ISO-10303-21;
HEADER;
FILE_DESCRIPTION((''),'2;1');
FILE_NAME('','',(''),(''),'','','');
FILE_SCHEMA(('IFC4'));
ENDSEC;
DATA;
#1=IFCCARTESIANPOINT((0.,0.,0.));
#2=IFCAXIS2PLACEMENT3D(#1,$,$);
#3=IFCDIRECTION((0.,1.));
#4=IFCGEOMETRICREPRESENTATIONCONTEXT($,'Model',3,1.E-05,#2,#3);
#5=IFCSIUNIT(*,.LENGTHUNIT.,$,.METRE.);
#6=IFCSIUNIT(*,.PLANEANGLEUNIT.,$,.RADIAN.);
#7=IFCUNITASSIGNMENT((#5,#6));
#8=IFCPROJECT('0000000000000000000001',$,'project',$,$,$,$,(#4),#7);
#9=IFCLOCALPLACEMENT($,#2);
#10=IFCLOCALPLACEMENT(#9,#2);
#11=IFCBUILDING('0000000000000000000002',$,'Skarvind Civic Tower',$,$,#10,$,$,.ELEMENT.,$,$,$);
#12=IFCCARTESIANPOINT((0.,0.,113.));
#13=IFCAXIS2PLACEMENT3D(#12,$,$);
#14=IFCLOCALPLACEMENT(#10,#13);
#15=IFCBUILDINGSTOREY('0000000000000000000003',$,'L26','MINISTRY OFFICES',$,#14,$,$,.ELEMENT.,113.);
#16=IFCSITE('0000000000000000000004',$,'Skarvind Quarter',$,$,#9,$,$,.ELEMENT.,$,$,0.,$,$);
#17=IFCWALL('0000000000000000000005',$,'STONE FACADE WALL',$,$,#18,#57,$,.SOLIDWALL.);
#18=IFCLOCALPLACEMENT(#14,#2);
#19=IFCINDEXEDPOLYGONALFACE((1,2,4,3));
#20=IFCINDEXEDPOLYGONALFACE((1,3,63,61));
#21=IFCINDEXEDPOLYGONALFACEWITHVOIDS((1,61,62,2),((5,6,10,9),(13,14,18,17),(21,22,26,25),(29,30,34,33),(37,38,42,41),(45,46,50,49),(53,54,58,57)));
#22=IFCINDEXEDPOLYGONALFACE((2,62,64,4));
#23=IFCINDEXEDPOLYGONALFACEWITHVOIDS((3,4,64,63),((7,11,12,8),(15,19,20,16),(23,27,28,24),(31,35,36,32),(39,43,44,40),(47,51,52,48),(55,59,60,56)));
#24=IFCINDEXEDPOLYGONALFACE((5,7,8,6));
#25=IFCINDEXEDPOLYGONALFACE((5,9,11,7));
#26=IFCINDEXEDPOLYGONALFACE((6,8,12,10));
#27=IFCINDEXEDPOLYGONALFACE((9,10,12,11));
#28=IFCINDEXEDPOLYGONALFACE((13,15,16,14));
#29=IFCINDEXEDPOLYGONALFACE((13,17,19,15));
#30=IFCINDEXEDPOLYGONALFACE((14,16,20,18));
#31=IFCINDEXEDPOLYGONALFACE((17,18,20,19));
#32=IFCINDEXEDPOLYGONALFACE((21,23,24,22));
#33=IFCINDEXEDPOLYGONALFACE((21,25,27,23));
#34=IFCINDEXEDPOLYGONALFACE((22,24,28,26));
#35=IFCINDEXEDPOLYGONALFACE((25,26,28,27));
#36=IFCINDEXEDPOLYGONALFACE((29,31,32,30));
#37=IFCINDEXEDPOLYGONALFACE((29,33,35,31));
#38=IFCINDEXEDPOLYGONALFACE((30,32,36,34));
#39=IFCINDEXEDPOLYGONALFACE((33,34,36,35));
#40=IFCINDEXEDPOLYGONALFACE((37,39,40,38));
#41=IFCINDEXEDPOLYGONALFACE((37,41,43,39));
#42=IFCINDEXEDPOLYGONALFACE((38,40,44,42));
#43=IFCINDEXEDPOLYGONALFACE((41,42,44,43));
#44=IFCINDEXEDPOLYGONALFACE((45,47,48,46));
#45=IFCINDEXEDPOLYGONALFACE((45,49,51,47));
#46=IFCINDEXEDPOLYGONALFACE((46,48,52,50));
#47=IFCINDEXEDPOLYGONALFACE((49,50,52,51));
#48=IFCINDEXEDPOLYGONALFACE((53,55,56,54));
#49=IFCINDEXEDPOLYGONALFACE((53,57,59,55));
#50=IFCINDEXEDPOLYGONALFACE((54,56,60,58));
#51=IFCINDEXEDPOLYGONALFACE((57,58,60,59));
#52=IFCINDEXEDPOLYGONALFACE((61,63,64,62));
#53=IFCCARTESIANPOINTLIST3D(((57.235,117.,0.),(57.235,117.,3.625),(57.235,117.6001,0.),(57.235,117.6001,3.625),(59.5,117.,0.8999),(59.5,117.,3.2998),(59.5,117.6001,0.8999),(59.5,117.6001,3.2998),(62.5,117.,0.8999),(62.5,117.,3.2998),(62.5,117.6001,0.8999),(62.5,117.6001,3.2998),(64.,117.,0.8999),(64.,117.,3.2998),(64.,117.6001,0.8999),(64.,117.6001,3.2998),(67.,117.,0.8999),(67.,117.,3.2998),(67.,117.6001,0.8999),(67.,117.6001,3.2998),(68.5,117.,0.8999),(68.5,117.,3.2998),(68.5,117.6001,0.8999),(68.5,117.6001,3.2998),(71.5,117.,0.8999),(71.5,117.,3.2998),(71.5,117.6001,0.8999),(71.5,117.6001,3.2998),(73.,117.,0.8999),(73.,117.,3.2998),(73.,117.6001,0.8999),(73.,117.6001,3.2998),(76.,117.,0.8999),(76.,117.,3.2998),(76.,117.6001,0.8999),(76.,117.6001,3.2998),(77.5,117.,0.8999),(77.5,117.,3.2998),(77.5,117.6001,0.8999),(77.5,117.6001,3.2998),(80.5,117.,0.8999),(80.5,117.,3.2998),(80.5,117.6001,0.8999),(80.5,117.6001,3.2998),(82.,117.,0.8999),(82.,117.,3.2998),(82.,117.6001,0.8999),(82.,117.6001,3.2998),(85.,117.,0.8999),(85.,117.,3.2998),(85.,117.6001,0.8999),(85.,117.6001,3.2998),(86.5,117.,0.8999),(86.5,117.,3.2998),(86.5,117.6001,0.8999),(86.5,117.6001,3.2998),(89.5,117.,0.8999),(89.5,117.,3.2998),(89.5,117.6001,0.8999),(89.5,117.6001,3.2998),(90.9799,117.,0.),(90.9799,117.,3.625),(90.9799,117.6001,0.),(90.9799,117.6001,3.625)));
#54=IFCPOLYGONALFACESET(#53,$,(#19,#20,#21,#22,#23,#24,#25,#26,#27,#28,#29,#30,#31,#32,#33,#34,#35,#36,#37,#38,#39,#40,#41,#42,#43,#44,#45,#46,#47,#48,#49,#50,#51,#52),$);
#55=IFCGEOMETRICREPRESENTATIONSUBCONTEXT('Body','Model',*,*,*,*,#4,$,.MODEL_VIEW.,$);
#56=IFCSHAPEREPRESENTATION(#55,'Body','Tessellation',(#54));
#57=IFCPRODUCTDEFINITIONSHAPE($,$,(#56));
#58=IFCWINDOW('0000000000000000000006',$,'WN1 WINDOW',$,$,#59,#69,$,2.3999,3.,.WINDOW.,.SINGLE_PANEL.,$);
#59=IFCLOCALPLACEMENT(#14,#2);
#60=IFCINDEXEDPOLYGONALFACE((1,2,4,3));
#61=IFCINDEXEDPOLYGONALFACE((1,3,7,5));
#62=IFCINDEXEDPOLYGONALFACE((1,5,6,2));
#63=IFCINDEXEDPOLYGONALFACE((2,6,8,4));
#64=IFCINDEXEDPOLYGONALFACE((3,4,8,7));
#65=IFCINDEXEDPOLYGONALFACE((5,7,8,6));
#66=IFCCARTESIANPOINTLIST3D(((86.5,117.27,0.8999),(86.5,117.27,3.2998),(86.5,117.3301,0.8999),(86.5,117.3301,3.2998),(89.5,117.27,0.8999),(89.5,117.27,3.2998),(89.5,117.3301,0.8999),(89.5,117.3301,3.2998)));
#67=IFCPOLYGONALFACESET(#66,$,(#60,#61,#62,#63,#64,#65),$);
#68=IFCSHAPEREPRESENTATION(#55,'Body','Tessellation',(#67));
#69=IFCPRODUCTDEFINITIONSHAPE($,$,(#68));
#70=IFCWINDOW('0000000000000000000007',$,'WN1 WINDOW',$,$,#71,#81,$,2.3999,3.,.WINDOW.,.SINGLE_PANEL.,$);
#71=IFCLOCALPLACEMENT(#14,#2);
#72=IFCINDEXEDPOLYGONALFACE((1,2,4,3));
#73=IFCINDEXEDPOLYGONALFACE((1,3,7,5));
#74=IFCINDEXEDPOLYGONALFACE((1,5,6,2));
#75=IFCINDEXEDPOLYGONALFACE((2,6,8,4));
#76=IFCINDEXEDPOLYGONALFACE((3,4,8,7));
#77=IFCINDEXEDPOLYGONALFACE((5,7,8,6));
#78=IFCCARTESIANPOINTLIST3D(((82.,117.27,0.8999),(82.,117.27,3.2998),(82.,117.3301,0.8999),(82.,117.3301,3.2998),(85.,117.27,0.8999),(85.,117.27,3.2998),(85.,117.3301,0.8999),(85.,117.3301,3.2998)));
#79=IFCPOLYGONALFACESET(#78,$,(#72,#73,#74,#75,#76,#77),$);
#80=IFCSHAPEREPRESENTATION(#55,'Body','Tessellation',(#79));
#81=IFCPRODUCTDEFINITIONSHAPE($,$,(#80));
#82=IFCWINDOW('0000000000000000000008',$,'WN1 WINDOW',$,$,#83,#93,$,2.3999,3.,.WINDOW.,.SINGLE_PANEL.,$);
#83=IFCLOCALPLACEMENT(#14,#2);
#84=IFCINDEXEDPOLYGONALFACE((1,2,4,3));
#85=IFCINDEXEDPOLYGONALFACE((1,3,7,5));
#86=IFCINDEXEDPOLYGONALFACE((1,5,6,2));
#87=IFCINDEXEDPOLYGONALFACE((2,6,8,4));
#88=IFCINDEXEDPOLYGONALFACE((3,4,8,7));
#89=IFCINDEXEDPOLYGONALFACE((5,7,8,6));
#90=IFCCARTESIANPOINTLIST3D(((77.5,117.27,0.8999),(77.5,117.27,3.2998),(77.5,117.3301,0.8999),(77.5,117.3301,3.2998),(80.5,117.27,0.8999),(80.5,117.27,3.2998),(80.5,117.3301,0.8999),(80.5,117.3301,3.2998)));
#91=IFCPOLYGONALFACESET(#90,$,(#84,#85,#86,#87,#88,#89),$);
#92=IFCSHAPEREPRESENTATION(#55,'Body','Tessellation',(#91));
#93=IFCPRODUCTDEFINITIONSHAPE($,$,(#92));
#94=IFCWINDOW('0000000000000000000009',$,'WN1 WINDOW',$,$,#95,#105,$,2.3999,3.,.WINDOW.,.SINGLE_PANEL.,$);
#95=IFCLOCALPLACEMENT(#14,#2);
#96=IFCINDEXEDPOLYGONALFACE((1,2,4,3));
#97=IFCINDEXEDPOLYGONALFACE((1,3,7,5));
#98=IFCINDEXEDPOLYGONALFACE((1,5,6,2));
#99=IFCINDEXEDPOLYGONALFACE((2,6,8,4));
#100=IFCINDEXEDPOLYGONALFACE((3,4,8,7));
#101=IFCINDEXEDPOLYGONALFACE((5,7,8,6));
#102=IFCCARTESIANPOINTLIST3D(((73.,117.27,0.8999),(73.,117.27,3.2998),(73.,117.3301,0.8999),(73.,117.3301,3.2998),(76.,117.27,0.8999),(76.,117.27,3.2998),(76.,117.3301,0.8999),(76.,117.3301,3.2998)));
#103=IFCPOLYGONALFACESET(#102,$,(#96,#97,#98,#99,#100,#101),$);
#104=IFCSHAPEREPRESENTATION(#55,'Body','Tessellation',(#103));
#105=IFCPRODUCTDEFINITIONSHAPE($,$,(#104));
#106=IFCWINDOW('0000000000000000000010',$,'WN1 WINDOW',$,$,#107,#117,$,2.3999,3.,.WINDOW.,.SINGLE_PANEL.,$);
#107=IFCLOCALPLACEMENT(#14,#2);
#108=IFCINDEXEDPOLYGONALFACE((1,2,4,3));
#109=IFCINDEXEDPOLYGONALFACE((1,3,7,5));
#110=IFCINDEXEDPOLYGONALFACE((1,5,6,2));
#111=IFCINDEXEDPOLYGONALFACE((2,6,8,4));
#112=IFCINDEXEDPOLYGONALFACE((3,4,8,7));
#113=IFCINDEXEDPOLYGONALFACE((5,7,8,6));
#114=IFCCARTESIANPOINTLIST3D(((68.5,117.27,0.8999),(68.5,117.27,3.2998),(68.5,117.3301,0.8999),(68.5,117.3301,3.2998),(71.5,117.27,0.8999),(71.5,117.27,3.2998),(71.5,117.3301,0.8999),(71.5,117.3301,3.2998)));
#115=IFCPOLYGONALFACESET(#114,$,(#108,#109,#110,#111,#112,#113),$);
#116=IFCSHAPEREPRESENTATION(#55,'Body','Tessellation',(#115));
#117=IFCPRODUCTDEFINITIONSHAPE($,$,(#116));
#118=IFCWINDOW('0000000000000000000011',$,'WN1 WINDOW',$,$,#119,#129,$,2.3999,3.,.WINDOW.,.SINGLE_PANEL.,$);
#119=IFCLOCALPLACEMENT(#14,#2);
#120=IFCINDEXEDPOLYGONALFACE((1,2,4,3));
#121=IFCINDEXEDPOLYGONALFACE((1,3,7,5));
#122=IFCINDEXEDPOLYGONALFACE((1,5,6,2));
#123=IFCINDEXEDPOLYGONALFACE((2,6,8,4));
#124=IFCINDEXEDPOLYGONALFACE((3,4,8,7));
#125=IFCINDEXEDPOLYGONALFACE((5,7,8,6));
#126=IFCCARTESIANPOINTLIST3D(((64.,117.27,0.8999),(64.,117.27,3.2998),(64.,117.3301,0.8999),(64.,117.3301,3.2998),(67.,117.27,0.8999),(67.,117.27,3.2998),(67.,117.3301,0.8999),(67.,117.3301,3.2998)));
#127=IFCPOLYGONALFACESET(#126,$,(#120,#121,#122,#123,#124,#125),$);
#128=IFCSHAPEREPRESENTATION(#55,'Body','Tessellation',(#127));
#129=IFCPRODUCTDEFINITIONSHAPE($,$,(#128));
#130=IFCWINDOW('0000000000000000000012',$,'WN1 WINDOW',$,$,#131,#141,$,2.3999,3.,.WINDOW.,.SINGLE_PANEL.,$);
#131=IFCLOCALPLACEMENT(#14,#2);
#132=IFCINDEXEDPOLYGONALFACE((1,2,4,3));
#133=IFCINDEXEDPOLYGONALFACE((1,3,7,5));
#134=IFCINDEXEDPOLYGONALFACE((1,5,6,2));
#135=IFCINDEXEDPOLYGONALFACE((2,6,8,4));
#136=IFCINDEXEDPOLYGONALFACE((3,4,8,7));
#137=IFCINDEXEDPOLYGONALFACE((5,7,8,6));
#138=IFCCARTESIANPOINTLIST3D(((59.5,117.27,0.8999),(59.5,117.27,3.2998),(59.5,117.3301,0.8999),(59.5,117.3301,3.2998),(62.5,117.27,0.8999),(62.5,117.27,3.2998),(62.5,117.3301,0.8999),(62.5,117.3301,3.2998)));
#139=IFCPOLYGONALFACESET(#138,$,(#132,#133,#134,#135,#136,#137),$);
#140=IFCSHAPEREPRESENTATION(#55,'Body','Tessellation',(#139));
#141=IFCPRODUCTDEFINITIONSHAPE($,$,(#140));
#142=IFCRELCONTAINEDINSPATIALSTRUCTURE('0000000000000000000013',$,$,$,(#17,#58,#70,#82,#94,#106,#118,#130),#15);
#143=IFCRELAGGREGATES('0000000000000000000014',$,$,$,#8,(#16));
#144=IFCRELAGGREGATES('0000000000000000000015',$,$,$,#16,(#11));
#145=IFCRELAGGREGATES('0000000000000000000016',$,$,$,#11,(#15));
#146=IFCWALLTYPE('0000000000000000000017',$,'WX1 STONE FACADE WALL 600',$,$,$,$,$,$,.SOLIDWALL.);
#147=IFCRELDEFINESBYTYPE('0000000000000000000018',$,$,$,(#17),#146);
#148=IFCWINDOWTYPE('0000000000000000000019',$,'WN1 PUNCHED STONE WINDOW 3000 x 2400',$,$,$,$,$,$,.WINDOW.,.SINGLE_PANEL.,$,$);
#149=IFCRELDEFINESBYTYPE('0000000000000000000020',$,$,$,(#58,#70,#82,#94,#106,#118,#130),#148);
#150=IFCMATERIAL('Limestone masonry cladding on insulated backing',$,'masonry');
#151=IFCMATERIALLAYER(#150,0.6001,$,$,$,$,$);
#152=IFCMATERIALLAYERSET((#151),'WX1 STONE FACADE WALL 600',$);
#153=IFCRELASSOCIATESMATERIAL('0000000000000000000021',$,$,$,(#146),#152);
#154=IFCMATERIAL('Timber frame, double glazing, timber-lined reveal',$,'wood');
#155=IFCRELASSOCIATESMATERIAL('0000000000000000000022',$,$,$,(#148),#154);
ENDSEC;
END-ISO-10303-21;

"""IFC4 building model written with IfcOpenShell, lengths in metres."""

from ifc_helpers import new_model, si_unit, direction, frame, frame_2d, origin, place, context, subcontext, project, spatial, rectangle, extrude, material, layer, layer_set, type_object, element, fill, save


model = new_model("IFC4")

# Units and contexts
model_context = context("Model", 3, precision=1e-05, world=origin(), true_north=direction((0.0, 1.0)))
body_context = subcontext(model_context, "Body", "Model", "MODEL_VIEW")
ifc_project = project(units=[si_unit("LENGTHUNIT", "METRE"), si_unit("PLANEANGLEUNIT", "RADIAN")], contexts=[model_context])

# Site, building, storey
site_placement = place(None, origin())
site = spatial("IfcSite", under=ifc_project, at=site_placement, Name="Skarvind Quarter", CompositionType="ELEMENT", RefElevation=0.0)
building_placement = place(site_placement, origin())
building = spatial("IfcBuilding", under=site, at=building_placement, Name="Skarvind Civic Tower", CompositionType="ELEMENT")
storey_placement = place(building_placement, frame((0.0, 0.0, 113.0)))
storey = spatial("IfcBuildingStorey", under=building, at=storey_placement, Name="L26", Description="MINISTRY OFFICES", CompositionType="ELEMENT", Elevation=113.0)

# Wall, openings, windows
ifc_material_1 = material(Name="Limestone masonry cladding on insulated backing", Category="masonry")
ifc_layer_1 = layer(ifc_material_1, 0.6001)
ifc_layer_set_1 = layer_set([ifc_layer_1], Name="WX1 STONE FACADE WALL 600")
wall_type_1 = type_object("IfcWallType", Name="WX1 STONE FACADE WALL 600", PredefinedType="SOLIDWALL", material=ifc_layer_set_1)
wall_1_placement = place(storey_placement, frame((90.98, 117.3, 0.0), z_axis=(0.0, 0.0, 1.0), x_axis=(-1.0, 0.0, 0.0)))
wall_1 = element("IfcWall", 1, at=wall_1_placement, inside=storey, type_object=wall_type_1, Name="STONE FACADE WALL", PredefinedType="SOLIDWALL", context=body_context, shape_type="SweptSolid", body=[
    extrude(rectangle(XDim=33.7449, YDim=0.6001, at=frame_2d((16.8726, 0.0))), origin(), (0.0, 0.0, 1.0), 3.625),
])
opening_1_placement = place(wall_1_placement, frame((1.48, 0.0, 0.8999)))
opening_1 = element("IfcOpeningElement", 2, at=opening_1_placement, cuts=wall_1, PredefinedType="OPENING", context=body_context, shape_type="SweptSolid", body=[
    extrude(rectangle(XDim=3.0, YDim=2.3999, at=frame_2d((1.5, 1.2))), frame((0.0, 0.3101, 0.0), z_axis=(0.0, -1.0, 0.0), x_axis=(1.0, 0.0, 0.0)), (0.0, 0.0, 1.0), 0.6201),
])
opening_2_placement = place(wall_1_placement, frame((5.98, 0.0, 0.8999)))
opening_2 = element("IfcOpeningElement", 3, at=opening_2_placement, cuts=wall_1, PredefinedType="OPENING", context=body_context, shape_type="SweptSolid", body=[
    extrude(rectangle(XDim=3.0, YDim=2.3999, at=frame_2d((1.5, 1.2))), frame((0.0, 0.3101, 0.0), z_axis=(0.0, -1.0, 0.0), x_axis=(1.0, 0.0, 0.0)), (0.0, 0.0, 1.0), 0.6201),
])
opening_3_placement = place(wall_1_placement, frame((10.48, 0.0, 0.8999)))
opening_3 = element("IfcOpeningElement", 4, at=opening_3_placement, cuts=wall_1, PredefinedType="OPENING", context=body_context, shape_type="SweptSolid", body=[
    extrude(rectangle(XDim=3.0, YDim=2.3999, at=frame_2d((1.5, 1.2))), frame((0.0, 0.3101, 0.0), z_axis=(0.0, -1.0, 0.0), x_axis=(1.0, 0.0, 0.0)), (0.0, 0.0, 1.0), 0.6201),
])
opening_4_placement = place(wall_1_placement, frame((14.98, 0.0, 0.8999)))
opening_4 = element("IfcOpeningElement", 5, at=opening_4_placement, cuts=wall_1, PredefinedType="OPENING", context=body_context, shape_type="SweptSolid", body=[
    extrude(rectangle(XDim=3.0, YDim=2.3999, at=frame_2d((1.5, 1.2))), frame((0.0, 0.3101, 0.0), z_axis=(0.0, -1.0, 0.0), x_axis=(1.0, 0.0, 0.0)), (0.0, 0.0, 1.0), 0.6201),
])
opening_5_placement = place(wall_1_placement, frame((19.48, 0.0, 0.8999)))
opening_5 = element("IfcOpeningElement", 6, at=opening_5_placement, cuts=wall_1, PredefinedType="OPENING", context=body_context, shape_type="SweptSolid", body=[
    extrude(rectangle(XDim=3.0, YDim=2.3999, at=frame_2d((1.5, 1.2))), frame((0.0, 0.3101, 0.0), z_axis=(0.0, -1.0, 0.0), x_axis=(1.0, 0.0, 0.0)), (0.0, 0.0, 1.0), 0.6201),
])
opening_6_placement = place(wall_1_placement, frame((23.98, 0.0, 0.8999)))
opening_6 = element("IfcOpeningElement", 7, at=opening_6_placement, cuts=wall_1, PredefinedType="OPENING", context=body_context, shape_type="SweptSolid", body=[
    extrude(rectangle(XDim=3.0, YDim=2.3999, at=frame_2d((1.5, 1.2))), frame((0.0, 0.3101, 0.0), z_axis=(0.0, -1.0, 0.0), x_axis=(1.0, 0.0, 0.0)), (0.0, 0.0, 1.0), 0.6201),
])
opening_7_placement = place(wall_1_placement, frame((28.48, 0.0, 0.8999)))
opening_7 = element("IfcOpeningElement", 8, at=opening_7_placement, cuts=wall_1, PredefinedType="OPENING", context=body_context, shape_type="SweptSolid", body=[
    extrude(rectangle(XDim=3.0, YDim=2.3999, at=frame_2d((1.5, 1.2))), frame((0.0, 0.3101, 0.0), z_axis=(0.0, -1.0, 0.0), x_axis=(1.0, 0.0, 0.0)), (0.0, 0.0, 1.0), 0.6201),
])
ifc_material_2 = material(Name="Timber frame, double glazing, timber-lined reveal", Category="wood")
window_type = type_object("IfcWindowType", Name="WN1 PUNCHED STONE WINDOW 3000 x 2400", PartitioningType="SINGLE_PANEL", PredefinedType="WINDOW", material=ifc_material_2)
window_1_placement = place(opening_1_placement, origin())
window_1 = element("IfcWindow", 9, at=window_1_placement, inside=storey, type_object=window_type, Name="WN1 WINDOW", OverallHeight=2.3999, OverallWidth=3.0, PartitioningType="SINGLE_PANEL", PredefinedType="WINDOW", context=body_context, shape_type="SweptSolid", body=[
    extrude(rectangle(XDim=3.0, YDim=2.3999, at=frame_2d((1.5, 1.2))), frame((0.0, 0.03, 0.0), z_axis=(0.0, -1.0, 0.0), x_axis=(1.0, 0.0, 0.0)), (0.0, 0.0, 1.0), 0.0601),
])
fill(opening_1, window_1)
window_2_placement = place(opening_2_placement, origin())
window_2 = element("IfcWindow", 10, at=window_2_placement, inside=storey, type_object=window_type, Name="WN1 WINDOW", OverallHeight=2.3999, OverallWidth=3.0, PartitioningType="SINGLE_PANEL", PredefinedType="WINDOW", context=body_context, shape_type="SweptSolid", body=[
    extrude(rectangle(XDim=3.0, YDim=2.3999, at=frame_2d((1.5, 1.2))), frame((0.0, 0.03, 0.0), z_axis=(0.0, -1.0, 0.0), x_axis=(1.0, 0.0, 0.0)), (0.0, 0.0, 1.0), 0.0601),
])
fill(opening_2, window_2)
window_3_placement = place(opening_3_placement, origin())
window_3 = element("IfcWindow", 11, at=window_3_placement, inside=storey, type_object=window_type, Name="WN1 WINDOW", OverallHeight=2.3999, OverallWidth=3.0, PartitioningType="SINGLE_PANEL", PredefinedType="WINDOW", context=body_context, shape_type="SweptSolid", body=[
    extrude(rectangle(XDim=3.0, YDim=2.3999, at=frame_2d((1.5, 1.2))), frame((0.0, 0.03, 0.0), z_axis=(0.0, -1.0, 0.0), x_axis=(1.0, 0.0, 0.0)), (0.0, 0.0, 1.0), 0.0601),
])
fill(opening_3, window_3)
window_4_placement = place(opening_4_placement, origin())
window_4 = element("IfcWindow", 12, at=window_4_placement, inside=storey, type_object=window_type, Name="WN1 WINDOW", OverallHeight=2.3999, OverallWidth=3.0, PartitioningType="SINGLE_PANEL", PredefinedType="WINDOW", context=body_context, shape_type="SweptSolid", body=[
    extrude(rectangle(XDim=3.0, YDim=2.3999, at=frame_2d((1.5, 1.2))), frame((0.0, 0.03, 0.0), z_axis=(0.0, -1.0, 0.0), x_axis=(1.0, 0.0, 0.0)), (0.0, 0.0, 1.0), 0.0601),
])
fill(opening_4, window_4)
window_5_placement = place(opening_5_placement, origin())
window_5 = element("IfcWindow", 13, at=window_5_placement, inside=storey, type_object=window_type, Name="WN1 WINDOW", OverallHeight=2.3999, OverallWidth=3.0, PartitioningType="SINGLE_PANEL", PredefinedType="WINDOW", context=body_context, shape_type="SweptSolid", body=[
    extrude(rectangle(XDim=3.0, YDim=2.3999, at=frame_2d((1.5, 1.2))), frame((0.0, 0.03, 0.0), z_axis=(0.0, -1.0, 0.0), x_axis=(1.0, 0.0, 0.0)), (0.0, 0.0, 1.0), 0.0601),
])
fill(opening_5, window_5)
window_6_placement = place(opening_6_placement, origin())
window_6 = element("IfcWindow", 14, at=window_6_placement, inside=storey, type_object=window_type, Name="WN1 WINDOW", OverallHeight=2.3999, OverallWidth=3.0, PartitioningType="SINGLE_PANEL", PredefinedType="WINDOW", context=body_context, shape_type="SweptSolid", body=[
    extrude(rectangle(XDim=3.0, YDim=2.3999, at=frame_2d((1.5, 1.2))), frame((0.0, 0.03, 0.0), z_axis=(0.0, -1.0, 0.0), x_axis=(1.0, 0.0, 0.0)), (0.0, 0.0, 1.0), 0.0601),
])
fill(opening_6, window_6)
window_7_placement = place(opening_7_placement, origin())
window_7 = element("IfcWindow", 15, at=window_7_placement, inside=storey, type_object=window_type, Name="WN1 WINDOW", OverallHeight=2.3999, OverallWidth=3.0, PartitioningType="SINGLE_PANEL", PredefinedType="WINDOW", context=body_context, shape_type="SweptSolid", body=[
    extrude(rectangle(XDim=3.0, YDim=2.3999, at=frame_2d((1.5, 1.2))), frame((0.0, 0.03, 0.0), z_axis=(0.0, -1.0, 0.0), x_axis=(1.0, 0.0, 0.0)), (0.0, 0.0, 1.0), 0.0601),
])
fill(opening_7, window_7)

save(model, "model.ifc")
